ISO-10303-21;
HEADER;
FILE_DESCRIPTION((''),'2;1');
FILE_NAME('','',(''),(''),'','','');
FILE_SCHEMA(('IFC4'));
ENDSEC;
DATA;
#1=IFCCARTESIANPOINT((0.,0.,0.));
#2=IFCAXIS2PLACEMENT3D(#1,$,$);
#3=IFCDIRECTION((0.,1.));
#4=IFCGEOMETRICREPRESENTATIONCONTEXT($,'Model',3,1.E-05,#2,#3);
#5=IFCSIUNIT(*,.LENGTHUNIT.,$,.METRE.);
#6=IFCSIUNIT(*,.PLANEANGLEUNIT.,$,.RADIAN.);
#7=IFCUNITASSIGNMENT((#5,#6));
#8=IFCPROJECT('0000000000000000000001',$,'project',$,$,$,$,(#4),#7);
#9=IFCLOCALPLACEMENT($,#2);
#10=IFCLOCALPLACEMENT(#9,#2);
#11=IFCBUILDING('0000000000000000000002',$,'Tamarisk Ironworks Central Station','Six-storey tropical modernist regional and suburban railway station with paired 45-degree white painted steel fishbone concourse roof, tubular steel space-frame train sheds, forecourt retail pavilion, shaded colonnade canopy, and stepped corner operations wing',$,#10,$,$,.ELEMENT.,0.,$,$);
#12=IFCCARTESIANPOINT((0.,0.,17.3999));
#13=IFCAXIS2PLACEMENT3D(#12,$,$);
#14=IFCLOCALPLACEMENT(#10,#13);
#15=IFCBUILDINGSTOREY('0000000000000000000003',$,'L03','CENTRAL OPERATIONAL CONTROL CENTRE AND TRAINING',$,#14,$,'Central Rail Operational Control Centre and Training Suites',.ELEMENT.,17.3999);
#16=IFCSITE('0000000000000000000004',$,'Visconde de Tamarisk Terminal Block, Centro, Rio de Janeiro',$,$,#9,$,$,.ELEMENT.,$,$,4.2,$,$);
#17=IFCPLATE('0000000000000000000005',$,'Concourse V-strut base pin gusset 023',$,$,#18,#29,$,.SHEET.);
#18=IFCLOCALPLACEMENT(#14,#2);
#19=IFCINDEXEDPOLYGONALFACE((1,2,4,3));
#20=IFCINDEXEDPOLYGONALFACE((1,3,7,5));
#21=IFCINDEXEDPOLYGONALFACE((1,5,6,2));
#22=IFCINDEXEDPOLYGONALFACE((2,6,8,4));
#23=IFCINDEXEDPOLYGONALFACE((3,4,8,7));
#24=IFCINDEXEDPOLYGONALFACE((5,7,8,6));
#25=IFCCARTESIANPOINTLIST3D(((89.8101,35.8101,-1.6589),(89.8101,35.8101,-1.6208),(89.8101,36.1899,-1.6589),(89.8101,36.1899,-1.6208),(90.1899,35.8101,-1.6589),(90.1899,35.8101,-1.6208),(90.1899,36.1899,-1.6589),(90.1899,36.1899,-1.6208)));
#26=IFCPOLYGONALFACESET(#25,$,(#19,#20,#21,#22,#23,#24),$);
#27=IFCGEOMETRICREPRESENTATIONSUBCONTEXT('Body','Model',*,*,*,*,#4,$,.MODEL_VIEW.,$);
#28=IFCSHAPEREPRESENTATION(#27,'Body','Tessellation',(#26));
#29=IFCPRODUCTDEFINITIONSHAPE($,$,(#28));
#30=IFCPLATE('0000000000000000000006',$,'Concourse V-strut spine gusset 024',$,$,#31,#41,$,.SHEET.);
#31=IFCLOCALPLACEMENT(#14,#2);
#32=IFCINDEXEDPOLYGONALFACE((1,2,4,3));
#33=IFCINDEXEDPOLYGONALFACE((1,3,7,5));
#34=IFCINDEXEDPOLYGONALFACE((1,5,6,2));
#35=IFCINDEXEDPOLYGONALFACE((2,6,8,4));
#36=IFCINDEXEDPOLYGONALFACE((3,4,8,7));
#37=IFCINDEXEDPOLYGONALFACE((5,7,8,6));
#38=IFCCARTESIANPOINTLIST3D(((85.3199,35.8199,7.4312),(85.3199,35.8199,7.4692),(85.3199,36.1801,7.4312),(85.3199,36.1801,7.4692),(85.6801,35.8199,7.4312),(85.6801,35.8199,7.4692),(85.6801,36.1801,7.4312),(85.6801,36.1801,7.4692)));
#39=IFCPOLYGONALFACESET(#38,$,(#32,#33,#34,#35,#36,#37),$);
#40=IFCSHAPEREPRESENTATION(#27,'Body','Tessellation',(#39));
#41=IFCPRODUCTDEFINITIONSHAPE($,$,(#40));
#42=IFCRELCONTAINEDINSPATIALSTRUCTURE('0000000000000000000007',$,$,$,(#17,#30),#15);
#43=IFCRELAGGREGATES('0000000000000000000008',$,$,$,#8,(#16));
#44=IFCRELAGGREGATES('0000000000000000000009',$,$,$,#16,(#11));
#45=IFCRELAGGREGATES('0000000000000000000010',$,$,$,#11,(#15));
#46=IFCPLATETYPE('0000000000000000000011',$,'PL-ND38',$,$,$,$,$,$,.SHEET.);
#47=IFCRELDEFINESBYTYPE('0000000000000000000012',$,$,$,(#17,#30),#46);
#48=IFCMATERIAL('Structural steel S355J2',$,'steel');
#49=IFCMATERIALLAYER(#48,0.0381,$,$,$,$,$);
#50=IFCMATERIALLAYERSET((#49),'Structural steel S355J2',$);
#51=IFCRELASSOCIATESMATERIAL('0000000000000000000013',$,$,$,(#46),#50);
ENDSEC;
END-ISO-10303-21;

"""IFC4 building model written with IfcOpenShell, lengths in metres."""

from ifc_helpers import new_model, si_unit, direction, frame, origin, origin_2d, place, context, subcontext, project, spatial, rectangle, extrude, material, layer, layer_set, type_object, element, save


model = new_model("IFC4")

# Units and contexts
model_context = context("Model", 3, precision=1e-05, world=origin(), true_north=direction((0.0, 1.0)))
body_context = subcontext(model_context, "Body", "Model", "MODEL_VIEW")
ifc_project = project(units=[si_unit("LENGTHUNIT", "METRE"), si_unit("PLANEANGLEUNIT", "RADIAN")], contexts=[model_context])

# Site, building, storey
site_placement = place(None, origin())
site = spatial("IfcSite", under=ifc_project, at=site_placement, Name="Visconde de Tamarisk Terminal Block, Centro, Rio de Janeiro", CompositionType="ELEMENT", RefElevation=4.2)
building_placement = place(site_placement, origin())
building = spatial("IfcBuilding", under=site, at=building_placement, Name="Tamarisk Ironworks Central Station", Description="Six-storey tropical modernist regional and suburban railway station with paired 45-degree white painted steel fishbone concourse roof, tubular steel space-frame train sheds, forecourt retail pavilion, shaded colonnade canopy, and stepped corner operations wing", CompositionType="ELEMENT", ElevationOfRefHeight=0.0)
storey_placement = place(building_placement, frame((0.0, 0.0, 17.3999)))
storey = spatial("IfcBuildingStorey", under=building, at=storey_placement, Name="L03", Description="CENTRAL OPERATIONAL CONTROL CENTRE AND TRAINING", LongName="Central Rail Operational Control Centre and Training Suites", CompositionType="ELEMENT", Elevation=17.3999)

# Shared definitions
ifc_material_1 = material(Name="Structural steel S355J2", Category="steel")

# Plates
ifc_layer = layer(ifc_material_1, 0.0381)
ifc_layer_set = layer_set([ifc_layer], Name="Structural steel S355J2")
plate_type = type_object("IfcPlateType", Name="PL-ND38", PredefinedType="SHEET", material=ifc_layer_set)
plate_1_placement = place(storey_placement, frame((90.0, 36.0, -1.6589), z_axis=(0.0, 0.0, 1.0), x_axis=(1.0, 0.0, 0.0)))
element("IfcPlate", 1, at=plate_1_placement, inside=storey, type_object=plate_type, Name="Concourse V-strut base pin gusset 023", PredefinedType="SHEET", context=body_context, shape_type="SweptSolid", body=[
    extrude(rectangle(XDim=0.3799, YDim=0.3799, at=origin_2d()), origin(), (0.0, 0.0, 1.0), 0.0381),
])
plate_2_placement = place(storey_placement, frame((85.5, 36.0, 7.4312), z_axis=(0.0, 0.0, 1.0), x_axis=(1.0, 0.0, 0.0)))
element("IfcPlate", 2, at=plate_2_placement, inside=storey, type_object=plate_type, Name="Concourse V-strut spine gusset 024", PredefinedType="SHEET", context=body_context, shape_type="SweptSolid", body=[
    extrude(rectangle(XDim=0.3601, YDim=0.3601, at=origin_2d()), origin(), (0.0, 0.0, 1.0), 0.0381),
])

save(model, "model.ifc")
